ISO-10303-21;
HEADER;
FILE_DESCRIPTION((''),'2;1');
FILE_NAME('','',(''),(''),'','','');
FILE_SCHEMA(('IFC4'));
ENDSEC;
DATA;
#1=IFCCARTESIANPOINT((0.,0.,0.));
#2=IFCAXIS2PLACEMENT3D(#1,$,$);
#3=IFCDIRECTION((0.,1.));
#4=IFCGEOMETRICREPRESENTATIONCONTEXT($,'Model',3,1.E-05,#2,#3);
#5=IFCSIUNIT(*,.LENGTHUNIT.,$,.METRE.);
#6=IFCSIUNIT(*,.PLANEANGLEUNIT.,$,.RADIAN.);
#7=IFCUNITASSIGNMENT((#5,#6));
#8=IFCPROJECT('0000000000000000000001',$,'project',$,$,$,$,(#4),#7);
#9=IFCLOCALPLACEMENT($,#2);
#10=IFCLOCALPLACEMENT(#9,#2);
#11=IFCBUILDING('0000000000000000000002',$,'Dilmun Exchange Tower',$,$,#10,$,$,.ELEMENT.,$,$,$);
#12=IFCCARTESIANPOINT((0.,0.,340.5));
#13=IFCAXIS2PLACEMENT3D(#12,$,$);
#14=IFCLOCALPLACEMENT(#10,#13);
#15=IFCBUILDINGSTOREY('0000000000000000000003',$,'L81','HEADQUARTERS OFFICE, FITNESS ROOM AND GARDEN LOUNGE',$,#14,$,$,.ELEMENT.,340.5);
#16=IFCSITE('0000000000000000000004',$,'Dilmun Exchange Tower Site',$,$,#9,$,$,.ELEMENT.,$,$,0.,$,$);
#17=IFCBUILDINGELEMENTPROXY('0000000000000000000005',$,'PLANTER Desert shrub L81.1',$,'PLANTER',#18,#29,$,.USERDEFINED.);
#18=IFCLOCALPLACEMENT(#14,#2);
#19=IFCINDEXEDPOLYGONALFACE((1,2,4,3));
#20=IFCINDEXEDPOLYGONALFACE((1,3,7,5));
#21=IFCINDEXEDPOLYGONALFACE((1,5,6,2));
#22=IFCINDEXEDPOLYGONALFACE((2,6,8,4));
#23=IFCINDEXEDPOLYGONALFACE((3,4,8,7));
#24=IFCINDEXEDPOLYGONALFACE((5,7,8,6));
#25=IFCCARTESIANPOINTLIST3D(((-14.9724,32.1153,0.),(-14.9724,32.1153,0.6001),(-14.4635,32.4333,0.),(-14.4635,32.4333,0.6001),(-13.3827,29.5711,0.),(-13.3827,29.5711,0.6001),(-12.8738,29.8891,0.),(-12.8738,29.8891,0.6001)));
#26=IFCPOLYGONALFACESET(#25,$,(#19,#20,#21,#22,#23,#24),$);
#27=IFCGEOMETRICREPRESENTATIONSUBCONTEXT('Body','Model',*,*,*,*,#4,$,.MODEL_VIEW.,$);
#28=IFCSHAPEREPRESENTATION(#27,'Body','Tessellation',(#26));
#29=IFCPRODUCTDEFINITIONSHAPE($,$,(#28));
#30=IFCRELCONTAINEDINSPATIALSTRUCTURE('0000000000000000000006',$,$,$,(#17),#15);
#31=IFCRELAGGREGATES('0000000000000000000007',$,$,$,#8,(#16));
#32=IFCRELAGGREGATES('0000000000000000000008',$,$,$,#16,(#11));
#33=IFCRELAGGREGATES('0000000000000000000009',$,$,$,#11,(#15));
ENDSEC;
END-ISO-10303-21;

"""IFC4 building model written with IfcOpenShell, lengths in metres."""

from ifc_helpers import new_model, si_unit, direction, frame, origin, origin_2d, place, context, subcontext, project, spatial, rectangle, extrude, element, save


model = new_model("IFC4")

# Units and contexts
model_context = context("Model", 3, precision=1e-05, world=origin(), true_north=direction((0.0, 1.0)))
body_context = subcontext(model_context, "Body", "Model", "MODEL_VIEW")
ifc_project = project(units=[si_unit("LENGTHUNIT", "METRE"), si_unit("PLANEANGLEUNIT", "RADIAN")], contexts=[model_context])

# Site, building, storey
site_placement = place(None, origin())
site = spatial("IfcSite", under=ifc_project, at=site_placement, Name="Dilmun Exchange Tower Site", CompositionType="ELEMENT", RefElevation=0.0)
building_placement = place(site_placement, origin())
building = spatial("IfcBuilding", under=site, at=building_placement, Name="Dilmun Exchange Tower", CompositionType="ELEMENT")
storey_placement = place(building_placement, frame((0.0, 0.0, 340.5)))
storey = spatial("IfcBuildingStorey", under=building, at=storey_placement, Name="L81", Description="HEADQUARTERS OFFICE, FITNESS ROOM AND GARDEN LOUNGE", CompositionType="ELEMENT", Elevation=340.5)

# Building element proxy
proxy_placement = place(storey_placement, frame((-13.9231, 31.0022, 0.0), z_axis=(0.0, 0.0, 1.0), x_axis=(-0.529919, 0.848048, 0.0)))
element("IfcBuildingElementProxy", 1, at=proxy_placement, inside=storey, Name="PLANTER Desert shrub L81.1", ObjectType="PLANTER", PredefinedType="USERDEFINED", context=body_context, shape_type="SweptSolid", body=[
    extrude(rectangle(XDim=3.0, YDim=0.6001, at=origin_2d()), origin(), (0.0, 0.0, 1.0), 0.6001),
])

save(model, "model.ifc")
